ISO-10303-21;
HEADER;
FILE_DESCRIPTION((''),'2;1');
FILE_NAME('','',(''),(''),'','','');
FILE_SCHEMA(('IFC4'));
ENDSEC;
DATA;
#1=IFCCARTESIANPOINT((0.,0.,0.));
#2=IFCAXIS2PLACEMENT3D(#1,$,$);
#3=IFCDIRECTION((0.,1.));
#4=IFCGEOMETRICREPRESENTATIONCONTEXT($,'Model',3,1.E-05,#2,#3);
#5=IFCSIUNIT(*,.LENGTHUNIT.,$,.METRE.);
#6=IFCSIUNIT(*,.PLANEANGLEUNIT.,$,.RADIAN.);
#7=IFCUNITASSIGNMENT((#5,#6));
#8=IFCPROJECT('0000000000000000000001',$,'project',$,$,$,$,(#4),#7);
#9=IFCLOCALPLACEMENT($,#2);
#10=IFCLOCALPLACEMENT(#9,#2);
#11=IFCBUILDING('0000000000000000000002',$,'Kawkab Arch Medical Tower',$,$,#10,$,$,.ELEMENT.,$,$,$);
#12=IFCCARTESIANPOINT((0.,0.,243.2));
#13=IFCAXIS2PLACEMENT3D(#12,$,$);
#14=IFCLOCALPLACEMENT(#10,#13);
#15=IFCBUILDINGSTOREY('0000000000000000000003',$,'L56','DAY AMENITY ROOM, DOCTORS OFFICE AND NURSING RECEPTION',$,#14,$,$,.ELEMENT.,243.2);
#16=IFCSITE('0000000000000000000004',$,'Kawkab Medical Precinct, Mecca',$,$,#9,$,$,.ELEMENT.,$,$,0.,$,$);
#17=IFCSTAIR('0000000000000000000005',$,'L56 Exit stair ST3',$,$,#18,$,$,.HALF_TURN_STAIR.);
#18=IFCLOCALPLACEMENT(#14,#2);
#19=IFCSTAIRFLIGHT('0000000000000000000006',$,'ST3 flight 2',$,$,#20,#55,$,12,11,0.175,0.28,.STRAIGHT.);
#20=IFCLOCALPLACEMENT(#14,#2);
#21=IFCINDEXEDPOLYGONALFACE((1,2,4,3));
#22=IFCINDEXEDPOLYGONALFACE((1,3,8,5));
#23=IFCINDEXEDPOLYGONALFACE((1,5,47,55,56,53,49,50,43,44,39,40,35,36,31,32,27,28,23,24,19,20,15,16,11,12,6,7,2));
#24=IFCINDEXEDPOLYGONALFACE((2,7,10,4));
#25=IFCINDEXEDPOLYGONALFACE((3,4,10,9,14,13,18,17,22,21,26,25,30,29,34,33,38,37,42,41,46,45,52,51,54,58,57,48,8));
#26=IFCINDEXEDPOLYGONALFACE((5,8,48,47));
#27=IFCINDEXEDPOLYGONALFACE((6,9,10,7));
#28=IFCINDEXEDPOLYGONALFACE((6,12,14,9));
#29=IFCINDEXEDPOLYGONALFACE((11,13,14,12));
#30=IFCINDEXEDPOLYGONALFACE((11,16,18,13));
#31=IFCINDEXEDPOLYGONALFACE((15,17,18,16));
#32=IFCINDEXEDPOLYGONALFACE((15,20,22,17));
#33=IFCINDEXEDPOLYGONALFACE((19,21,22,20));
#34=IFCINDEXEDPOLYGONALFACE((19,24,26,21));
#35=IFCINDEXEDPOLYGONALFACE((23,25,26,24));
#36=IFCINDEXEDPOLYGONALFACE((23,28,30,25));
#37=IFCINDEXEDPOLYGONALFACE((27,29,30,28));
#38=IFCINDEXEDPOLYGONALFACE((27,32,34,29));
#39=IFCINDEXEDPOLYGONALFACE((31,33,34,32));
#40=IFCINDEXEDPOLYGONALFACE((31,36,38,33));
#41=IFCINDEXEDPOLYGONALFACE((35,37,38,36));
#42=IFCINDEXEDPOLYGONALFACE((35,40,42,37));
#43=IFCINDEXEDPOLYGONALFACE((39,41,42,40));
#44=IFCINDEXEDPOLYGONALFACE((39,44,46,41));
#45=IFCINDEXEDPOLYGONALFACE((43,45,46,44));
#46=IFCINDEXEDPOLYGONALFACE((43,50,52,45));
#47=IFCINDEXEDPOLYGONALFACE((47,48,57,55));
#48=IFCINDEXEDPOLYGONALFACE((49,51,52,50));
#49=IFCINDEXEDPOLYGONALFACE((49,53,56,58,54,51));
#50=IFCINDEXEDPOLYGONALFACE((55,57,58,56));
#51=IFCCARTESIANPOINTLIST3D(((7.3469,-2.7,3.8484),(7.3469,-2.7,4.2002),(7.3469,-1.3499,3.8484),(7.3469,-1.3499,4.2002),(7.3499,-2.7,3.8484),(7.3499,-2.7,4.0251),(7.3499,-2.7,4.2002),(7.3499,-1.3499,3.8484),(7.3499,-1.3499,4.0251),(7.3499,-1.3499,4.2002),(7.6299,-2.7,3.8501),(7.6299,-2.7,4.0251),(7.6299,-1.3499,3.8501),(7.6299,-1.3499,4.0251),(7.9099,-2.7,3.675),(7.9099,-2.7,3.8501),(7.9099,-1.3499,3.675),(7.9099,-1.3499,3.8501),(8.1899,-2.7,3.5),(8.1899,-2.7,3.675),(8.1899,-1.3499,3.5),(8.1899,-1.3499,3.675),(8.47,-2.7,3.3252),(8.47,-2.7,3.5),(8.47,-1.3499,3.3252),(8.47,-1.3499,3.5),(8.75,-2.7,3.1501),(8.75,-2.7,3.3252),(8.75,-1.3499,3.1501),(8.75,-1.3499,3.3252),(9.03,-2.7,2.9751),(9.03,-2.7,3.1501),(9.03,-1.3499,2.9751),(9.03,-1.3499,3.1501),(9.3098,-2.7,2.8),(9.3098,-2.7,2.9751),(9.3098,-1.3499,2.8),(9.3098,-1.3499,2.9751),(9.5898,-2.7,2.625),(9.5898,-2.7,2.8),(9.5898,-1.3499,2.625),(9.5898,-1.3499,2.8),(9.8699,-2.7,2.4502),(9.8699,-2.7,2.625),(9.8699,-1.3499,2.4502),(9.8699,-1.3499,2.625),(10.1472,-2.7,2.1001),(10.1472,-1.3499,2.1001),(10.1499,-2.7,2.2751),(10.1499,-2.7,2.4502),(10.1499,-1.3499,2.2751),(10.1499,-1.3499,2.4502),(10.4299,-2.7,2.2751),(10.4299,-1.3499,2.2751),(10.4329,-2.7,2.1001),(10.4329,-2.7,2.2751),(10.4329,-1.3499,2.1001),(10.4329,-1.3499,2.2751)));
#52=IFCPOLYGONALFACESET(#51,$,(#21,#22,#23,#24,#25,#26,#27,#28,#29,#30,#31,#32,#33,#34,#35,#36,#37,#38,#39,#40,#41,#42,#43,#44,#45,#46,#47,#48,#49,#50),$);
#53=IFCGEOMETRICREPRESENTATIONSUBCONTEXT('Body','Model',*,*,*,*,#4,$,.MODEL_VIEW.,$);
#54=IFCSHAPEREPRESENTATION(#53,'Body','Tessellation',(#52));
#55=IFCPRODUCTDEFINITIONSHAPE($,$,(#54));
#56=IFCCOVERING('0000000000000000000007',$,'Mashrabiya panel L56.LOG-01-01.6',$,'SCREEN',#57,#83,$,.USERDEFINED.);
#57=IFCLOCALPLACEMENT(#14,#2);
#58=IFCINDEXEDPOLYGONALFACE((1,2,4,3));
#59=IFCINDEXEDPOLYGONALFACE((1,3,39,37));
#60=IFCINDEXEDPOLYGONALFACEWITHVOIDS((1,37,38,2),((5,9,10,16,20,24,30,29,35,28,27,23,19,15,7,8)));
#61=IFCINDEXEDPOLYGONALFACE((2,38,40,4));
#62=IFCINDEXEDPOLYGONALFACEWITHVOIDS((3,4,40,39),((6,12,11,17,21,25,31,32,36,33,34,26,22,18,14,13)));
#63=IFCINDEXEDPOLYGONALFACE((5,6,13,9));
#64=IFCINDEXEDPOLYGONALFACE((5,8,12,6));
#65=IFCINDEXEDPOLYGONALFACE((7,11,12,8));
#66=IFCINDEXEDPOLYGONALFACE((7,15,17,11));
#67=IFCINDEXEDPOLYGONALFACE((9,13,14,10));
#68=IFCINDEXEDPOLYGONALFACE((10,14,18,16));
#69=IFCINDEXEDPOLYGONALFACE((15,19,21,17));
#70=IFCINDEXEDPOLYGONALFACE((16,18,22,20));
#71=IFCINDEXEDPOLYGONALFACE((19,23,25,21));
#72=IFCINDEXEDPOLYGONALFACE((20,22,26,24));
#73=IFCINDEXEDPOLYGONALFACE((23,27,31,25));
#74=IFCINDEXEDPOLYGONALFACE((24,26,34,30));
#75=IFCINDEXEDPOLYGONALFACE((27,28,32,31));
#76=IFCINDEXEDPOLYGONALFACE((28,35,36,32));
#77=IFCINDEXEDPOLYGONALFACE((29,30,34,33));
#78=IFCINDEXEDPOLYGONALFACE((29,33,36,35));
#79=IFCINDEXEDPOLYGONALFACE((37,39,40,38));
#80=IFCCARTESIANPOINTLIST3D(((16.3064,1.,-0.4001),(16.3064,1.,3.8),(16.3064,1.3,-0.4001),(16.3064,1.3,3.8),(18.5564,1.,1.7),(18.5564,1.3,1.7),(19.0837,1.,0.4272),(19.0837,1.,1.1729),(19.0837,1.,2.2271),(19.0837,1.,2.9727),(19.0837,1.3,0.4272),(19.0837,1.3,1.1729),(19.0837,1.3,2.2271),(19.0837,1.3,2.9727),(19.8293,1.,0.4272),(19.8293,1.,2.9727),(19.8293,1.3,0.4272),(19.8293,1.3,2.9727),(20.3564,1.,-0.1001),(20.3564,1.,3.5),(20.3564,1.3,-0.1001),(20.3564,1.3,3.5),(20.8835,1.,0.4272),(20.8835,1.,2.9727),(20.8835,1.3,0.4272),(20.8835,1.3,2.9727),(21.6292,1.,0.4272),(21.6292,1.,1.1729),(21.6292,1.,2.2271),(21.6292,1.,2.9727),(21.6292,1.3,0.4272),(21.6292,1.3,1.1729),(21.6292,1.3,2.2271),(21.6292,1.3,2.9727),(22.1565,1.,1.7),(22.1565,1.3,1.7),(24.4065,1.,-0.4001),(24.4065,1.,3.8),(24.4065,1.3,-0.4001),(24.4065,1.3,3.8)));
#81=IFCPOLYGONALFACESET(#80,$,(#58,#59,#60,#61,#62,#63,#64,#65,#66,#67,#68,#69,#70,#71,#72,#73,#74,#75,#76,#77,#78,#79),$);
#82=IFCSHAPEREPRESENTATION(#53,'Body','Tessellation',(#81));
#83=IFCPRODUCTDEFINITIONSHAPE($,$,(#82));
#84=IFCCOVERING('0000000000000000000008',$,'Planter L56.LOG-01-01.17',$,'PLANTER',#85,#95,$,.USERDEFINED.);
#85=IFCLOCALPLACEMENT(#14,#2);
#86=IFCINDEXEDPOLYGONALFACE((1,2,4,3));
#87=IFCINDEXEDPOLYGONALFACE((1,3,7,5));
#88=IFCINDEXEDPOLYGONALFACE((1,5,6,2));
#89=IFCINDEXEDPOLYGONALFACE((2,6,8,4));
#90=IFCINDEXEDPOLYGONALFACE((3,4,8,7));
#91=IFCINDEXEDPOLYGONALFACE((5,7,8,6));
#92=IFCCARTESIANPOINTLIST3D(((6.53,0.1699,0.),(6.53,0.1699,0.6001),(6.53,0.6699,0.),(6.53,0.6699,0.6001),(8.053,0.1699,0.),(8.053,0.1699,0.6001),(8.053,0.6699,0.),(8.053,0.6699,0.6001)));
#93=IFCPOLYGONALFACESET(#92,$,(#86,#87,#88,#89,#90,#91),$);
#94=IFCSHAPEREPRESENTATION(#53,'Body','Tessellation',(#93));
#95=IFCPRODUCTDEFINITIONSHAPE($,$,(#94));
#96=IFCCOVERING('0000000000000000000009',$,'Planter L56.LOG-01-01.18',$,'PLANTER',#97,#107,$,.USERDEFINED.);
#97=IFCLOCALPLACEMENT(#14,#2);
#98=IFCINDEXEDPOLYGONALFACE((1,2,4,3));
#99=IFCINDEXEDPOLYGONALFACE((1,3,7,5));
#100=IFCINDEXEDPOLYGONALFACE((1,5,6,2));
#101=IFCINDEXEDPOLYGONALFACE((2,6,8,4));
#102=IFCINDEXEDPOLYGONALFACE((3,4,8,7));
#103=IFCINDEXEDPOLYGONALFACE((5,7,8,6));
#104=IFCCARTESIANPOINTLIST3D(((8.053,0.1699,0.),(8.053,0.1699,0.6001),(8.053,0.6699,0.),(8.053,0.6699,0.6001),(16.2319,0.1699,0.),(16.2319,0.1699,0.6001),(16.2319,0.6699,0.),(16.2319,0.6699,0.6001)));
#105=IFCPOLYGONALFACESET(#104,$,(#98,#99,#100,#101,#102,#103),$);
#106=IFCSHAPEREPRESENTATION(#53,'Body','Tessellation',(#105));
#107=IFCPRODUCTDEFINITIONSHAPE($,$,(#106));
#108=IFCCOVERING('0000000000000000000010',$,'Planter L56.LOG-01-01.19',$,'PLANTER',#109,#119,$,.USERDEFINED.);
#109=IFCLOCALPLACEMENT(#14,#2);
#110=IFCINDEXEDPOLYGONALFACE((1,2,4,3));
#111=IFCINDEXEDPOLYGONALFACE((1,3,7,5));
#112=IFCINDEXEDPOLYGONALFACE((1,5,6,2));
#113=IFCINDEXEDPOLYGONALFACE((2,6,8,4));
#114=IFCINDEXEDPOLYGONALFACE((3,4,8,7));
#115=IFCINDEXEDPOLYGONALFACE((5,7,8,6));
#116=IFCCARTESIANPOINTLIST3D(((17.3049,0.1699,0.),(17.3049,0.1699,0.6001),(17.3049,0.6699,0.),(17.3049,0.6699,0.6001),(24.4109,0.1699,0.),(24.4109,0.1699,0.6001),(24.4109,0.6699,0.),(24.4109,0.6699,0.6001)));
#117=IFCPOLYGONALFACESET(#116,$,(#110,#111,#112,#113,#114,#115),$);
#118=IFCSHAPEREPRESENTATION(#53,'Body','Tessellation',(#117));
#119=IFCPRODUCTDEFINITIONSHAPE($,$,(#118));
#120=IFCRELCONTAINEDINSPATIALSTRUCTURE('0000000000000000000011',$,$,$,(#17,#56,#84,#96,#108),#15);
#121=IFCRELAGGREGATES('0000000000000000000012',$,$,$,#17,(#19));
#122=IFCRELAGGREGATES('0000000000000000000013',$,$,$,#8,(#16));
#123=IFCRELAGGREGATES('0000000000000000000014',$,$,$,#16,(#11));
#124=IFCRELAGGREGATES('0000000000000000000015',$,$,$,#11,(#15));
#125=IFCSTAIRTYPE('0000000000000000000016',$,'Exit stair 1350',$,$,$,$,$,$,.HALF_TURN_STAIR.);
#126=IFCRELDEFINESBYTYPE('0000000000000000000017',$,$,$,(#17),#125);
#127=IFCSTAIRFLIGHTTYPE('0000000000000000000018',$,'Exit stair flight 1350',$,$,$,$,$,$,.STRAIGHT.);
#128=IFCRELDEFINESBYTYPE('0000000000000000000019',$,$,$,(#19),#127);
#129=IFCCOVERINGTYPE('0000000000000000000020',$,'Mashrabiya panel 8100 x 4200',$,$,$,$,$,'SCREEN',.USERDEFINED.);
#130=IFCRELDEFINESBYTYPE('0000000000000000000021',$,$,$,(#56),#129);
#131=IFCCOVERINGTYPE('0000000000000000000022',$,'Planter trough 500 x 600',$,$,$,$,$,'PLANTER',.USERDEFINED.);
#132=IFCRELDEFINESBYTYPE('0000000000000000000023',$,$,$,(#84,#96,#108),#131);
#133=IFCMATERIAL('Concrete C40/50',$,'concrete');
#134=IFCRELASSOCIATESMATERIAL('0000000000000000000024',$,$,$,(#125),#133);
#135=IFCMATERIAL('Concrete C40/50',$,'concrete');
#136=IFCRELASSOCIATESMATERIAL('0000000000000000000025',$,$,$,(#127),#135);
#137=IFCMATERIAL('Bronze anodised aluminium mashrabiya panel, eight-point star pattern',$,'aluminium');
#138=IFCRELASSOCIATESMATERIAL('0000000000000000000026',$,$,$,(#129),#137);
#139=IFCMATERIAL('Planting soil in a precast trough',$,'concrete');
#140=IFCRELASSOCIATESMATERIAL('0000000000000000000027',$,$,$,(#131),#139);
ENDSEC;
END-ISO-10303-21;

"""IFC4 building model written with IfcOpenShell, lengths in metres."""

from ifc_helpers import new_model, si_unit, direction, frame, origin, origin_2d, place, context, subcontext, project, spatial, polyline, rectangle, outline, extrude, material, material_profile, profile_set, type_object, element, aggregate, save


model = new_model("IFC4")

# Units and contexts
model_context = context("Model", 3, precision=1e-05, world=origin(), true_north=direction((0.0, 1.0)))
body_context = subcontext(model_context, "Body", "Model", "MODEL_VIEW")
ifc_project = project(units=[si_unit("LENGTHUNIT", "METRE"), si_unit("PLANEANGLEUNIT", "RADIAN")], contexts=[model_context])

# Site, building, storey
site_placement = place(None, origin())
site = spatial("IfcSite", under=ifc_project, at=site_placement, Name="Kawkab Medical Precinct, Mecca", CompositionType="ELEMENT", RefElevation=0.0)
building_placement = place(site_placement, origin())
building = spatial("IfcBuilding", under=site, at=building_placement, Name="Kawkab Arch Medical Tower", CompositionType="ELEMENT")
storey_placement = place(building_placement, frame((0.0, 0.0, 243.2)))
storey = spatial("IfcBuildingStorey", under=building, at=storey_placement, Name="L56", Description="DAY AMENITY ROOM, DOCTORS OFFICE AND NURSING RECEPTION", CompositionType="ELEMENT", Elevation=243.2)

# Shared definitions
placement = place(storey_placement, origin())

# Stair, stair flight
ifc_material_1 = material(Name="Concrete C40/50", Category="concrete")
stair_type = type_object("IfcStairType", Name="Exit stair 1350", PredefinedType="HALF_TURN_STAIR", material=ifc_material_1)
stair = element("IfcStair", 1, at=placement, inside=storey, type_object=stair_type, Name="L56 Exit stair ST3", PredefinedType="HALF_TURN_STAIR")
ifc_material_2 = material(Name="Concrete C40/50", Category="concrete")
stair_flight_type = type_object("IfcStairFlightType", Name="Exit stair flight 1350", PredefinedType="STRAIGHT", material=ifc_material_2)
stair_flight_placement = place(storey_placement, frame((10.4299, -2.0249, 2.1001), z_axis=(0.0, 0.0, 1.0), x_axis=(-1.0, 0.0, 0.0)))
stair_flight = element("IfcStairFlight", 2, at=stair_flight_placement, type_object=stair_flight_type, Name="ST3 flight 2", NumberOfRisers=12, NumberOfTreads=11, PredefinedType="STRAIGHT", RiserHeight=0.175, TreadLength=0.28, context=body_context, shape_type="SweptSolid", body=[
    extrude(outline(polyline([(-0.0029, 0.0), (-0.0029, 0.175), (0.0, 0.175), (0.28, 0.175), (0.28, 0.3501), (0.5601, 0.3501), (0.5601, 0.5249), (0.8401, 0.5249), (0.8401, 0.7), (1.1201, 0.7), (1.1201, 0.875), (1.3999, 0.875), (1.3999, 1.05), (1.6799, 1.05), (1.6799, 1.2251), (1.96, 1.2251), (1.96, 1.3999), (2.24, 1.3999), (2.24, 1.575), (2.52, 1.575), (2.52, 1.75), (2.8, 1.75), (2.8, 1.925), (3.0801, 1.925), (3.0801, 2.1001), (3.083, 2.1001), (3.083, 1.7483), (3.0801, 1.7483), (0.2827, 0.0), (-0.0029, 0.0)])), frame((0.0, 0.675, 0.0), z_axis=(0.0, -1.0, 0.0), x_axis=(1.0, 0.0, 0.0)), (0.0, 0.0, 1.0), 1.3501),
])
aggregate(stair, [stair_flight])

# Coverings
ifc_material_3 = material(Name="Bronze anodised aluminium mashrabiya panel, eight-point star pattern", Category="aluminium")
ifc_material_profile_1 = material_profile(ifc_material_3, outline(polyline([(-4.05, -2.1001), (4.05, -2.1001), (4.05, 2.1001), (-4.05, 2.1001), (-4.05, -2.1001)]), holes=[polyline([(1.8, 0.0), (1.2727, 0.5271), (1.2727, 1.2727), (0.5271, 1.2727), (0.0, 1.8), (-0.5271, 1.2727), (-1.2727, 1.2727), (-1.2727, 0.5271), (-1.8, 0.0), (-1.2727, -0.5271), (-1.2727, -1.2727), (-0.5271, -1.2727), (0.0, -1.8), (0.5271, -1.2727), (1.2727, -1.2727), (1.2727, -0.5271), (1.8, 0.0)])]), Name="Mashrabiya panel 8100x4200")
ifc_profile_set_1 = profile_set([ifc_material_profile_1], Name="Bronze anodised aluminium mashrabiya panel, eight-point star pattern")
covering_type_1 = type_object("IfcCoveringType", Name="Mashrabiya panel 8100 x 4200", ElementType="SCREEN", PredefinedType="USERDEFINED", material=ifc_profile_set_1)
covering_1_placement = place(storey_placement, frame((20.3564, 1.0, 1.7), z_axis=(0.0, 1.0, 0.0), x_axis=(-1.0, 0.0, 0.0)))
element("IfcCovering", 3, at=covering_1_placement, inside=storey, type_object=covering_type_1, Name="Mashrabiya panel L56.LOG-01-01.6", ObjectType="SCREEN", PredefinedType="USERDEFINED", context=body_context, shape_type="SweptSolid", body=[
    extrude(outline(polyline([(-4.05, -2.1001), (4.05, -2.1001), (4.05, 2.1001), (-4.05, 2.1001), (-4.05, -2.1001)]), holes=[polyline([(1.8, 0.0), (1.2727, 0.5271), (1.2727, 1.2727), (0.5271, 1.2727), (0.0, 1.8), (-0.5271, 1.2727), (-1.2727, 1.2727), (-1.2727, 0.5271), (-1.8, 0.0), (-1.2727, -0.5271), (-1.2727, -1.2727), (-0.5271, -1.2727), (0.0, -1.8), (0.5271, -1.2727), (1.2727, -1.2727), (1.2727, -0.5271), (1.8, 0.0)])]), origin(), (0.0, 0.0, 1.0), 0.3),
])
ifc_material_4 = material(Name="Planting soil in a precast trough", Category="concrete")
ifc_material_profile_2 = material_profile(ifc_material_4, rectangle(XDim=0.5, YDim=0.6001, at=origin_2d()), Name="Trough 500x600")
ifc_profile_set_2 = profile_set([ifc_material_profile_2], Name="Planting soil in a precast trough")
covering_type_2 = type_object("IfcCoveringType", Name="Planter trough 500 x 600", ElementType="PLANTER", PredefinedType="USERDEFINED", material=ifc_profile_set_2)
covering_2_placement = place(storey_placement, frame((6.53, 0.4199, 0.3), z_axis=(1.0, 0.0, 0.0), x_axis=(0.0, 1.0, 0.0)))
element("IfcCovering", 4, at=covering_2_placement, inside=storey, type_object=covering_type_2, Name="Planter L56.LOG-01-01.17", ObjectType="PLANTER", PredefinedType="USERDEFINED", context=body_context, shape_type="SweptSolid", body=[
    extrude(rectangle(XDim=0.5, YDim=0.6001, at=origin_2d()), origin(), (0.0, 0.0, 1.0), 1.5229),
])
covering_3_placement = place(storey_placement, frame((8.053, 0.4199, 0.3), z_axis=(1.0, 0.0, 0.0), x_axis=(0.0, 1.0, 0.0)))
element("IfcCovering", 5, at=covering_3_placement, inside=storey, type_object=covering_type_2, Name="Planter L56.LOG-01-01.18", ObjectType="PLANTER", PredefinedType="USERDEFINED", context=body_context, shape_type="SweptSolid", body=[
    extrude(rectangle(XDim=0.5, YDim=0.6001, at=origin_2d()), origin(), (0.0, 0.0, 1.0), 8.179),
])
covering_4_placement = place(storey_placement, frame((17.3049, 0.4199, 0.3), z_axis=(1.0, 0.0, 0.0), x_axis=(0.0, 1.0, 0.0)))
element("IfcCovering", 6, at=covering_4_placement, inside=storey, type_object=covering_type_2, Name="Planter L56.LOG-01-01.19", ObjectType="PLANTER", PredefinedType="USERDEFINED", context=body_context, shape_type="SweptSolid", body=[
    extrude(rectangle(XDim=0.5, YDim=0.6001, at=origin_2d()), origin(), (0.0, 0.0, 1.0), 7.106),
])

save(model, "model.ifc")
